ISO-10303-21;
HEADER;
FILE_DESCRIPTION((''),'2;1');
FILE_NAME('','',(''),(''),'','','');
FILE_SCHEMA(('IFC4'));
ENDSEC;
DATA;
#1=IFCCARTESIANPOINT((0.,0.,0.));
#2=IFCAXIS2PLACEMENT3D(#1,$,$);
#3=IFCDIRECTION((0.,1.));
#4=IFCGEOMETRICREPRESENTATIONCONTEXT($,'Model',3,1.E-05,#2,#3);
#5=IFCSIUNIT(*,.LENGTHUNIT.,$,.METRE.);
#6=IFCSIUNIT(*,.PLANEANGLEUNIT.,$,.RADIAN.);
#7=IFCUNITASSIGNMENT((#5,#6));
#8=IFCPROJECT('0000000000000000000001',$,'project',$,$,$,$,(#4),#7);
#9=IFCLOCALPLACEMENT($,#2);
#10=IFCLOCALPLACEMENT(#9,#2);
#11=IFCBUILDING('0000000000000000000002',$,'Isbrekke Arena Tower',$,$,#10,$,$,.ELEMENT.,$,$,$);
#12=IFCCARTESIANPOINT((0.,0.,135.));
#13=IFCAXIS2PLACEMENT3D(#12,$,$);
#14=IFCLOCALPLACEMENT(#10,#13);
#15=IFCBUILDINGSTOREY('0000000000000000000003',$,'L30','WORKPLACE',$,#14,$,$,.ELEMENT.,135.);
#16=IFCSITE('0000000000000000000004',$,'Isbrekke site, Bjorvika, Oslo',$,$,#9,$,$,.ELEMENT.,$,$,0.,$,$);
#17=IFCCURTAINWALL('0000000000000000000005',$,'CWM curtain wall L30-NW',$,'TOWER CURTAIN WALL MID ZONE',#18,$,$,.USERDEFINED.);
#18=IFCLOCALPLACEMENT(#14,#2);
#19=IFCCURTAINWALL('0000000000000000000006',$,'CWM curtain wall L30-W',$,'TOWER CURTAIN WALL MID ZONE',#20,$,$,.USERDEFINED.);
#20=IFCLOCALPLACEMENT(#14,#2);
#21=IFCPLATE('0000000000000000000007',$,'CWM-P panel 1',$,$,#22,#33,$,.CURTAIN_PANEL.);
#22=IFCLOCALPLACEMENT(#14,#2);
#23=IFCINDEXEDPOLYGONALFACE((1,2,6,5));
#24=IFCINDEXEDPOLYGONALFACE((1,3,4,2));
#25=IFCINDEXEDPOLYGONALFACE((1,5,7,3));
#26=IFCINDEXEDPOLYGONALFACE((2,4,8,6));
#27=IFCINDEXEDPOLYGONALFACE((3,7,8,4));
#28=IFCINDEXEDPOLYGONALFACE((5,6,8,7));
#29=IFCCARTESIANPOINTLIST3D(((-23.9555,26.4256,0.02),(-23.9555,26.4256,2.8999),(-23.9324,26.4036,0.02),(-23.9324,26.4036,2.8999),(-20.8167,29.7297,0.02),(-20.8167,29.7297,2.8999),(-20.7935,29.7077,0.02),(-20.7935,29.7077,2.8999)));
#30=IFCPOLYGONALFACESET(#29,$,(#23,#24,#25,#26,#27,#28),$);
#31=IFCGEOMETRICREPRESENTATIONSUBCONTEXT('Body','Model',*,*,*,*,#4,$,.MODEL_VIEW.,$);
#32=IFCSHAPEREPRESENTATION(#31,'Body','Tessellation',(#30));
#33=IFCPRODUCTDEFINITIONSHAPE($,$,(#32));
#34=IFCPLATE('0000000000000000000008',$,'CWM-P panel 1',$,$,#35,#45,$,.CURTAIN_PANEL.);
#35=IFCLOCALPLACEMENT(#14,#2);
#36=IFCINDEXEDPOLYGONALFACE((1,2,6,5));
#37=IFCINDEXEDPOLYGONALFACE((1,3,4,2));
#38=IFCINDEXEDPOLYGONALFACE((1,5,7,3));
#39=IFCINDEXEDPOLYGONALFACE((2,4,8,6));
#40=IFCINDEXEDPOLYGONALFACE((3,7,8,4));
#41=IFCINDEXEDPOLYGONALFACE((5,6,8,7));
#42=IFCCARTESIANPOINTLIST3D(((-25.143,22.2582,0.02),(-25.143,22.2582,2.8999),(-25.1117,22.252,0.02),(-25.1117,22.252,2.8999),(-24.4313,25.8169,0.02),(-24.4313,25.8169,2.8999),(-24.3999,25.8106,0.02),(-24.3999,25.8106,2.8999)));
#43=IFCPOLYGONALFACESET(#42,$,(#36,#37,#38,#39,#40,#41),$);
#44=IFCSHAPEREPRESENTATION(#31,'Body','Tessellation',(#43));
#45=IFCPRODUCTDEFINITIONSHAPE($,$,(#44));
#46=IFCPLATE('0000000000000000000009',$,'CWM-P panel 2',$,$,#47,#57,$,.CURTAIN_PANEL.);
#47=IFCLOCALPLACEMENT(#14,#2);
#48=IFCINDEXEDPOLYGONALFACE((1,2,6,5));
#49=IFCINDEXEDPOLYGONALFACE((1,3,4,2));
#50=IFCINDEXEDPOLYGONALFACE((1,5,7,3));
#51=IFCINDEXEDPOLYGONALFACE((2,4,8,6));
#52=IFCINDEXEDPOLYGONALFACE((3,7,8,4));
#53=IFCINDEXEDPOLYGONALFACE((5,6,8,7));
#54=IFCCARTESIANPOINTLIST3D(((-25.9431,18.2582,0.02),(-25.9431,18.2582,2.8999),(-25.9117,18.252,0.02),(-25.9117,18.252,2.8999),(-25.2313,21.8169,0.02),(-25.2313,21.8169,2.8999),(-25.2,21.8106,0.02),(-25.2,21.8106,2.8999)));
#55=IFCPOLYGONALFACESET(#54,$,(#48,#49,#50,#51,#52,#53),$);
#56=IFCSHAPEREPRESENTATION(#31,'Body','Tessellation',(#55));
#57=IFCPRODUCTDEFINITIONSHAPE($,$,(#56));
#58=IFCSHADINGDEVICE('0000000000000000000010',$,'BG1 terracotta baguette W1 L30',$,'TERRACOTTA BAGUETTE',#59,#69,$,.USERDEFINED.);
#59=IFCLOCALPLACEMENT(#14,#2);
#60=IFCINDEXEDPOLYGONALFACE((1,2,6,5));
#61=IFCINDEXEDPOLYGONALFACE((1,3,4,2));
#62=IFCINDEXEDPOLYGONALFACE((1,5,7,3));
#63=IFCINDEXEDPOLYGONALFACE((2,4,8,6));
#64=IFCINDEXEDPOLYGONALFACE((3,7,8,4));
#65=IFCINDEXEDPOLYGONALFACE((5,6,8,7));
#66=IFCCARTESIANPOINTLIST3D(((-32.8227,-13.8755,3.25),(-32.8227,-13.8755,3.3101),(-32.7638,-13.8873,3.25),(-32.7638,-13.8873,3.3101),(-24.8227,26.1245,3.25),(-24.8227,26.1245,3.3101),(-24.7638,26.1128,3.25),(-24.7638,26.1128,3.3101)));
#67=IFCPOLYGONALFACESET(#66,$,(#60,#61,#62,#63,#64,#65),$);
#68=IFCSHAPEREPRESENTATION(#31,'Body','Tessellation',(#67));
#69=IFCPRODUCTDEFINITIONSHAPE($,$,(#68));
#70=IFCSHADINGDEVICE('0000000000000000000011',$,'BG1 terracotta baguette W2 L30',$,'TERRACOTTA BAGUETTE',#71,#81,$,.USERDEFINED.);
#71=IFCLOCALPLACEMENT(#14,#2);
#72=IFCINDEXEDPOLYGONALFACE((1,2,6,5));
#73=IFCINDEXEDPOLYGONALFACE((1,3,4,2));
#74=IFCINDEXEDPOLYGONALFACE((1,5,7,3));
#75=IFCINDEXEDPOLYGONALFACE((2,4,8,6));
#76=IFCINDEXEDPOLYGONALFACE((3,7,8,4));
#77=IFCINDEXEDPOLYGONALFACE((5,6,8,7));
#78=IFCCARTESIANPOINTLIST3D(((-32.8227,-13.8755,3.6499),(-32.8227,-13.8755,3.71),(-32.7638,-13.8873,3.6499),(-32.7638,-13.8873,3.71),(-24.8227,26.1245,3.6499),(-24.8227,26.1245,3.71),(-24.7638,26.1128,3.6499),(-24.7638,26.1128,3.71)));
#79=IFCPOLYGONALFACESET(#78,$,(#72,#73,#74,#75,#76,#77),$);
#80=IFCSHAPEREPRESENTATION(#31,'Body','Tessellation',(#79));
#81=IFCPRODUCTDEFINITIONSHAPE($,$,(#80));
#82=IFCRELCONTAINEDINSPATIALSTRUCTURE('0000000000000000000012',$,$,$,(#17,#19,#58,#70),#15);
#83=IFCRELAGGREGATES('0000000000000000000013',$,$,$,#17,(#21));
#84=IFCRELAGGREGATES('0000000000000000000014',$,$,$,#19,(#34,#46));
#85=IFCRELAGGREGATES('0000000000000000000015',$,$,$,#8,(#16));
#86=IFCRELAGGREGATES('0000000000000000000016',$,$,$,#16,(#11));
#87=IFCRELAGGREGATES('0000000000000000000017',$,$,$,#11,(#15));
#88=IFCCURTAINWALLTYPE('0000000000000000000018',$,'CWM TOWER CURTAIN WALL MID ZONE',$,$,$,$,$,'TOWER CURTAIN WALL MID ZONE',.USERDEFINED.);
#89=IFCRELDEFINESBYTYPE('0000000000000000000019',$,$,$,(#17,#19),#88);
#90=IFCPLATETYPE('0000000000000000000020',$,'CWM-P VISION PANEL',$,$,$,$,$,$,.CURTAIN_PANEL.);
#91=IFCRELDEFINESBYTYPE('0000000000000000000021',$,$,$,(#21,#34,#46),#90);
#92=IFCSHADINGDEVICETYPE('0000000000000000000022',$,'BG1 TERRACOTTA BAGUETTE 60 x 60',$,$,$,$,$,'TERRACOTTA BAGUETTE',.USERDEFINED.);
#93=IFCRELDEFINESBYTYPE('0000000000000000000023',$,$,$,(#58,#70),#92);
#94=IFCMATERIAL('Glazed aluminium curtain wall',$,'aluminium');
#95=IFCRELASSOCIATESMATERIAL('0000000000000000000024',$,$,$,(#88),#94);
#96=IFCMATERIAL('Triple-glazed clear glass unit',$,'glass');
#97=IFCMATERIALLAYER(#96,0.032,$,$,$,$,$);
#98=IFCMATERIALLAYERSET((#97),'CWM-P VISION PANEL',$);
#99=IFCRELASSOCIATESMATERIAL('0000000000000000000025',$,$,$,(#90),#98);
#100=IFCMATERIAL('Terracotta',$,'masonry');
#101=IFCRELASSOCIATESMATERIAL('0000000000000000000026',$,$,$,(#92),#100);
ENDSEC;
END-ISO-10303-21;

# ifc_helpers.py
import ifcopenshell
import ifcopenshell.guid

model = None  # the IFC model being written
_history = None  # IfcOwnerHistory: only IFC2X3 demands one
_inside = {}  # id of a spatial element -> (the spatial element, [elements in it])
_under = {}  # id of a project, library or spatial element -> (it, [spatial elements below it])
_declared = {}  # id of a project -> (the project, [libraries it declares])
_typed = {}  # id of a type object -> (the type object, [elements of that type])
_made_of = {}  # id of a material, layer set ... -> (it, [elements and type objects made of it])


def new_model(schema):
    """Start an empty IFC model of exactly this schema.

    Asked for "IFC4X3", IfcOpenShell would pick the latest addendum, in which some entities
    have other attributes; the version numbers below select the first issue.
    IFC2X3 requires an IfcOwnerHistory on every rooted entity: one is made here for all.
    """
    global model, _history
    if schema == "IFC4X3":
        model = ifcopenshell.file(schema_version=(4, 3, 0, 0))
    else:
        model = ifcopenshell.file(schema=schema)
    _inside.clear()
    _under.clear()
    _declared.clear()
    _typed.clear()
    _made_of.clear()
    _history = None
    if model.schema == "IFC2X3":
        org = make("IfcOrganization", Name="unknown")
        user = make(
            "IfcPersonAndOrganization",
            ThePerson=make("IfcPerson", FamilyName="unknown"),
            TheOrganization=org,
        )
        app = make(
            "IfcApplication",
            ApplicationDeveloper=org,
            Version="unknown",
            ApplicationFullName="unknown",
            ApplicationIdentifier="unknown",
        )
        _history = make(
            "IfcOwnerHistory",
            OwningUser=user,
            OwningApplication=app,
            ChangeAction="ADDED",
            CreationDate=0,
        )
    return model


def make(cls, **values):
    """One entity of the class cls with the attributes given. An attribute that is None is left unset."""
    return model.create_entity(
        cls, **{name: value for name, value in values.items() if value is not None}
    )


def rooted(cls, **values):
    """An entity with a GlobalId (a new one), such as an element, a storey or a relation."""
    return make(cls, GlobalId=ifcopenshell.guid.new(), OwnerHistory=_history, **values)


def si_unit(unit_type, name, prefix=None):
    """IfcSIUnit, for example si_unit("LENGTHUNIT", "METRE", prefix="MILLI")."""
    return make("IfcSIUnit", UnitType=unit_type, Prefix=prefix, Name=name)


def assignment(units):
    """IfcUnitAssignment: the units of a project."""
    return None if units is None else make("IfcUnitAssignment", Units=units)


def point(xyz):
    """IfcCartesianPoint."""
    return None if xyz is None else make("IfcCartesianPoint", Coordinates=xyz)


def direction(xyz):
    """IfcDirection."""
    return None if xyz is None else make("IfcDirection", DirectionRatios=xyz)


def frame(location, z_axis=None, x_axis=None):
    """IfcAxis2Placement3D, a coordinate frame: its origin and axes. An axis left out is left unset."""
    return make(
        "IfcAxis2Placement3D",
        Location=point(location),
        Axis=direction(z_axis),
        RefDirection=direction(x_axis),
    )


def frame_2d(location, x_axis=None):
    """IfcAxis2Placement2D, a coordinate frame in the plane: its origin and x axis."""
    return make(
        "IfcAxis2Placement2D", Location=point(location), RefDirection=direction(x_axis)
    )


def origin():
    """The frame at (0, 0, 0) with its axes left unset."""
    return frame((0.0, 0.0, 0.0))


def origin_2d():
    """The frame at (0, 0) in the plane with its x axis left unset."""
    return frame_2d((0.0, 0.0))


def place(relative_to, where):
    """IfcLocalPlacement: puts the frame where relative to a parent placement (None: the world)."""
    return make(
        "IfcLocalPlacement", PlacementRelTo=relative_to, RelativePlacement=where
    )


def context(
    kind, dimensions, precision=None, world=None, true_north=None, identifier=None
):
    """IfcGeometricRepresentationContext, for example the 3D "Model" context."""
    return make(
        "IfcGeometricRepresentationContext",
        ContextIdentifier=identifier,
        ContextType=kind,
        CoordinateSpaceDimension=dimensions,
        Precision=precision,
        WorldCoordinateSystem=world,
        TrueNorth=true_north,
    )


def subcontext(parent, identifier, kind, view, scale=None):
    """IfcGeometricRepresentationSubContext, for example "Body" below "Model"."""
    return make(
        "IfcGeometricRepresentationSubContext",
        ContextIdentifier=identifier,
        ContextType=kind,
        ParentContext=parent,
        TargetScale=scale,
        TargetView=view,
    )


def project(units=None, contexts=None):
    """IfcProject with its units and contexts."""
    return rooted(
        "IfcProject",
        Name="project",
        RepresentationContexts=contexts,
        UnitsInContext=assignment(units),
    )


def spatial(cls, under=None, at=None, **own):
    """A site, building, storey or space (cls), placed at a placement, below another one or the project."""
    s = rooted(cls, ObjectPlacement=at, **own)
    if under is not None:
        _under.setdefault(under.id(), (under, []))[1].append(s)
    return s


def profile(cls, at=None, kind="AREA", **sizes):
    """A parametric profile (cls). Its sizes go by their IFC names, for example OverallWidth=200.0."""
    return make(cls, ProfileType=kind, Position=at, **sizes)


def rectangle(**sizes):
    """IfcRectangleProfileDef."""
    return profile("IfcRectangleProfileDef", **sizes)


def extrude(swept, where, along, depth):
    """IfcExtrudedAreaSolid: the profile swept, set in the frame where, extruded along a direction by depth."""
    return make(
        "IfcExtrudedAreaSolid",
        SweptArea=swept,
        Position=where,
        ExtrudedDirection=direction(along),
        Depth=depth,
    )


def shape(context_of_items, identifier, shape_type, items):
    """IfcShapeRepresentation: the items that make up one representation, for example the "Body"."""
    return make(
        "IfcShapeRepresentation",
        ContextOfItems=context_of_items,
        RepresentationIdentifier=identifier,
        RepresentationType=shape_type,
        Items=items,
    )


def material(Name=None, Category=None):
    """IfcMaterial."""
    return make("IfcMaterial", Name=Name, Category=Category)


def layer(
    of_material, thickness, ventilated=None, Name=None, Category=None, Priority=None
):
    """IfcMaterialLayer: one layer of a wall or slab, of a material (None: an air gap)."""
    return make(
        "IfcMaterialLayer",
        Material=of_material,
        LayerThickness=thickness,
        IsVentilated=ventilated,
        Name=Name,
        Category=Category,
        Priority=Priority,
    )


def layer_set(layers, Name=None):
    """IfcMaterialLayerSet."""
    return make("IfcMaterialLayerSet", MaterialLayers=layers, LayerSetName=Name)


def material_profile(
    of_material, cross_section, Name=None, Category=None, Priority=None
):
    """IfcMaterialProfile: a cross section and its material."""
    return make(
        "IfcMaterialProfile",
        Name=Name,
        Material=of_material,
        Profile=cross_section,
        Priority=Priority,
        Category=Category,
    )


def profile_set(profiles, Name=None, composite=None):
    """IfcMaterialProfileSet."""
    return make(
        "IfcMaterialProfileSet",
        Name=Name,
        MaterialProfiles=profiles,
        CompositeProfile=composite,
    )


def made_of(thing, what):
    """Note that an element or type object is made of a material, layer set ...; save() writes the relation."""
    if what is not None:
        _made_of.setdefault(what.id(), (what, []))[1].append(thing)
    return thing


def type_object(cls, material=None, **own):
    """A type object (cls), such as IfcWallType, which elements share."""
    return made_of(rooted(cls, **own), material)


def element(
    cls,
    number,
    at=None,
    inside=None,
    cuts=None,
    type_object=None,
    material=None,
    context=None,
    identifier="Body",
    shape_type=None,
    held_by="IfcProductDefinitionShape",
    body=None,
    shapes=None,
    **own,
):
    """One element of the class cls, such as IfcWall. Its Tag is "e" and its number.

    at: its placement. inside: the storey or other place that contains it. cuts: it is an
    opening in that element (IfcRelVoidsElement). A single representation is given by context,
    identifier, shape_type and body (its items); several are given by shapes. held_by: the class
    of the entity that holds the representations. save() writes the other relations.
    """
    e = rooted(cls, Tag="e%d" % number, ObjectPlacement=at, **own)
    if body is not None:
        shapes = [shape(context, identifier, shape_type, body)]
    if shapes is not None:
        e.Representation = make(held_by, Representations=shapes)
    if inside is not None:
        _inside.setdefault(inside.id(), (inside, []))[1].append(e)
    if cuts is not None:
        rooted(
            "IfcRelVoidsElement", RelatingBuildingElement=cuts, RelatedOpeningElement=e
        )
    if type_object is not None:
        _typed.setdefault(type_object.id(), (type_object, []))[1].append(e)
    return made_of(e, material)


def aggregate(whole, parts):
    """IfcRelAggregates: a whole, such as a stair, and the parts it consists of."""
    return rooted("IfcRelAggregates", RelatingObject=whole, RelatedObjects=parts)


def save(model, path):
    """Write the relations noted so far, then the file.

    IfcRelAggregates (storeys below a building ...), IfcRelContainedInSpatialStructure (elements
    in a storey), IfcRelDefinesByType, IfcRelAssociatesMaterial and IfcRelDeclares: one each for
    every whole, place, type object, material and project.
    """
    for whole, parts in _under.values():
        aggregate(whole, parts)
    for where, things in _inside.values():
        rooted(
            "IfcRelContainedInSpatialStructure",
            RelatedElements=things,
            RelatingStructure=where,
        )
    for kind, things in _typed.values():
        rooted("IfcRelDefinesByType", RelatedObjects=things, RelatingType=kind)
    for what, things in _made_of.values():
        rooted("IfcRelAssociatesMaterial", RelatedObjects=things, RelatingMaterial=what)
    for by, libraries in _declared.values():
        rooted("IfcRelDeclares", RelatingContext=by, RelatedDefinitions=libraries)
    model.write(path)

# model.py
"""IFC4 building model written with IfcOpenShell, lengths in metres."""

from ifc_helpers import new_model, si_unit, direction, frame, origin, origin_2d, place, context, subcontext, project, spatial, rectangle, extrude, material, layer, layer_set, material_profile, profile_set, type_object, element, aggregate, save


model = new_model("IFC4")

# Units and contexts
model_context = context("Model", 3, precision=1e-05, world=origin(), true_north=direction((0.0, 1.0)))
body_context = subcontext(model_context, "Body", "Model", "MODEL_VIEW")
ifc_project = project(units=[si_unit("LENGTHUNIT", "METRE"), si_unit("PLANEANGLEUNIT", "RADIAN")], contexts=[model_context])

# Site, building, storey
site_placement = place(None, origin())
site = spatial("IfcSite", under=ifc_project, at=site_placement, Name="Isbrekke site, Bjorvika, Oslo", CompositionType="ELEMENT", RefElevation=0.0)
building_placement = place(site_placement, origin())
building = spatial("IfcBuilding", under=site, at=building_placement, Name="Isbrekke Arena Tower", CompositionType="ELEMENT")
storey_placement = place(building_placement, frame((0.0, 0.0, 135.0)))
storey = spatial("IfcBuildingStorey", under=building, at=storey_placement, Name="L30", Description="WORKPLACE", CompositionType="ELEMENT", Elevation=135.0)

# Shared definitions
ifc_material_1 = material(Name="Glazed aluminium curtain wall", Category="aluminium")
curtain_wall_type = type_object("IfcCurtainWallType", Name="CWM TOWER CURTAIN WALL MID ZONE", ElementType="TOWER CURTAIN WALL MID ZONE", PredefinedType="USERDEFINED", material=ifc_material_1)

# Curtain walls
curtain_wall_1_placement = place(storey_placement, origin())
curtain_wall_1 = element("IfcCurtainWall", 1, at=curtain_wall_1_placement, inside=storey, type_object=curtain_wall_type, Name="CWM curtain wall L30-NW", ObjectType="TOWER CURTAIN WALL MID ZONE", PredefinedType="USERDEFINED")
curtain_wall_2_placement = place(storey_placement, origin())
curtain_wall_2 = element("IfcCurtainWall", 2, at=curtain_wall_2_placement, inside=storey, type_object=curtain_wall_type, Name="CWM curtain wall L30-W", ObjectType="TOWER CURTAIN WALL MID ZONE", PredefinedType="USERDEFINED")

# Plates
ifc_material_2 = material(Name="Triple-glazed clear glass unit", Category="glass")
ifc_layer_1 = layer(ifc_material_2, 0.032)
ifc_layer_set_1 = layer_set([ifc_layer_1], Name="CWM-P VISION PANEL")
plate_type = type_object("IfcPlateType", Name="CWM-P VISION PANEL", PredefinedType="CURTAIN_PANEL", material=ifc_layer_set_1)
plate_1_placement = place(storey_placement, frame((-22.3745, 28.0667, 0.02), z_axis=(0.0, 0.0, 1.0), x_axis=(-0.688749, -0.724999, 0.0)))
plate_1 = element("IfcPlate", 3, at=plate_1_placement, type_object=plate_type, Name="CWM-P panel 1", PredefinedType="CURTAIN_PANEL", context=body_context, shape_type="SweptSolid", body=[
    extrude(rectangle(XDim=4.5574, YDim=0.032, at=origin_2d()), origin(), (0.0, 0.0, 1.0), 2.8799),
])
aggregate(curtain_wall_1, [plate_1])
plate_2_placement = place(storey_placement, frame((-24.7715, 24.0344, 0.02), z_axis=(0.0, 0.0, 1.0), x_axis=(-0.196116, -0.980581, 0.0)))
plate_2 = element("IfcPlate", 4, at=plate_2_placement, type_object=plate_type, Name="CWM-P panel 1", PredefinedType="CURTAIN_PANEL", context=body_context, shape_type="SweptSolid", body=[
    extrude(rectangle(XDim=3.6292, YDim=0.032, at=origin_2d()), origin(), (0.0, 0.0, 1.0), 2.8799),
])
plate_3_placement = place(storey_placement, frame((-25.5715, 20.0344, 0.02), z_axis=(0.0, 0.0, 1.0), x_axis=(-0.196116, -0.980581, 0.0)))
plate_3 = element("IfcPlate", 5, at=plate_3_placement, type_object=plate_type, Name="CWM-P panel 2", PredefinedType="CURTAIN_PANEL", context=body_context, shape_type="SweptSolid", body=[
    extrude(rectangle(XDim=3.6292, YDim=0.032, at=origin_2d()), origin(), (0.0, 0.0, 1.0), 2.8799),
])
aggregate(curtain_wall_2, [plate_2, plate_3])

# Shading devices
ifc_material_3 = material(Name="Terracotta", Category="masonry")
ifc_material_profile_1 = material_profile(ifc_material_3, rectangle(XDim=0.0601, YDim=0.0601, at=origin_2d()), Name="BAGUETTE 60X60")
ifc_profile_set_1 = profile_set([ifc_material_profile_1], Name="Terracotta")
shading_device_type = type_object("IfcShadingDeviceType", Name="BG1 TERRACOTTA BAGUETTE 60 x 60", ElementType="TERRACOTTA BAGUETTE", PredefinedType="USERDEFINED", material=ifc_profile_set_1)
for number, where, z_axis, x_axis, name in (
    (6, (-24.7932, 26.1187, 3.28), (-0.196116, -0.980581, 0.0), (0.980581, -0.196116, 0.0), "BG1 terracotta baguette W1 L30"),
    (7, (-24.7932, 26.1187, 3.6799), (-0.196116, -0.980581, 0.0), (0.980581, -0.196116, 0.0), "BG1 terracotta baguette W2 L30"),
):
    element("IfcShadingDevice", number, at=place(storey_placement, frame(where, z_axis=z_axis, x_axis=x_axis)), inside=storey, type_object=shading_device_type, Name=name, ObjectType="TERRACOTTA BAGUETTE", PredefinedType="USERDEFINED", context=body_context, shape_type="SweptSolid", body=[
        extrude(rectangle(XDim=0.0601, YDim=0.0601, at=origin_2d()), origin(), (0.0, 0.0, 1.0), 40.7922),
    ])

save(model, "model.ifc")
